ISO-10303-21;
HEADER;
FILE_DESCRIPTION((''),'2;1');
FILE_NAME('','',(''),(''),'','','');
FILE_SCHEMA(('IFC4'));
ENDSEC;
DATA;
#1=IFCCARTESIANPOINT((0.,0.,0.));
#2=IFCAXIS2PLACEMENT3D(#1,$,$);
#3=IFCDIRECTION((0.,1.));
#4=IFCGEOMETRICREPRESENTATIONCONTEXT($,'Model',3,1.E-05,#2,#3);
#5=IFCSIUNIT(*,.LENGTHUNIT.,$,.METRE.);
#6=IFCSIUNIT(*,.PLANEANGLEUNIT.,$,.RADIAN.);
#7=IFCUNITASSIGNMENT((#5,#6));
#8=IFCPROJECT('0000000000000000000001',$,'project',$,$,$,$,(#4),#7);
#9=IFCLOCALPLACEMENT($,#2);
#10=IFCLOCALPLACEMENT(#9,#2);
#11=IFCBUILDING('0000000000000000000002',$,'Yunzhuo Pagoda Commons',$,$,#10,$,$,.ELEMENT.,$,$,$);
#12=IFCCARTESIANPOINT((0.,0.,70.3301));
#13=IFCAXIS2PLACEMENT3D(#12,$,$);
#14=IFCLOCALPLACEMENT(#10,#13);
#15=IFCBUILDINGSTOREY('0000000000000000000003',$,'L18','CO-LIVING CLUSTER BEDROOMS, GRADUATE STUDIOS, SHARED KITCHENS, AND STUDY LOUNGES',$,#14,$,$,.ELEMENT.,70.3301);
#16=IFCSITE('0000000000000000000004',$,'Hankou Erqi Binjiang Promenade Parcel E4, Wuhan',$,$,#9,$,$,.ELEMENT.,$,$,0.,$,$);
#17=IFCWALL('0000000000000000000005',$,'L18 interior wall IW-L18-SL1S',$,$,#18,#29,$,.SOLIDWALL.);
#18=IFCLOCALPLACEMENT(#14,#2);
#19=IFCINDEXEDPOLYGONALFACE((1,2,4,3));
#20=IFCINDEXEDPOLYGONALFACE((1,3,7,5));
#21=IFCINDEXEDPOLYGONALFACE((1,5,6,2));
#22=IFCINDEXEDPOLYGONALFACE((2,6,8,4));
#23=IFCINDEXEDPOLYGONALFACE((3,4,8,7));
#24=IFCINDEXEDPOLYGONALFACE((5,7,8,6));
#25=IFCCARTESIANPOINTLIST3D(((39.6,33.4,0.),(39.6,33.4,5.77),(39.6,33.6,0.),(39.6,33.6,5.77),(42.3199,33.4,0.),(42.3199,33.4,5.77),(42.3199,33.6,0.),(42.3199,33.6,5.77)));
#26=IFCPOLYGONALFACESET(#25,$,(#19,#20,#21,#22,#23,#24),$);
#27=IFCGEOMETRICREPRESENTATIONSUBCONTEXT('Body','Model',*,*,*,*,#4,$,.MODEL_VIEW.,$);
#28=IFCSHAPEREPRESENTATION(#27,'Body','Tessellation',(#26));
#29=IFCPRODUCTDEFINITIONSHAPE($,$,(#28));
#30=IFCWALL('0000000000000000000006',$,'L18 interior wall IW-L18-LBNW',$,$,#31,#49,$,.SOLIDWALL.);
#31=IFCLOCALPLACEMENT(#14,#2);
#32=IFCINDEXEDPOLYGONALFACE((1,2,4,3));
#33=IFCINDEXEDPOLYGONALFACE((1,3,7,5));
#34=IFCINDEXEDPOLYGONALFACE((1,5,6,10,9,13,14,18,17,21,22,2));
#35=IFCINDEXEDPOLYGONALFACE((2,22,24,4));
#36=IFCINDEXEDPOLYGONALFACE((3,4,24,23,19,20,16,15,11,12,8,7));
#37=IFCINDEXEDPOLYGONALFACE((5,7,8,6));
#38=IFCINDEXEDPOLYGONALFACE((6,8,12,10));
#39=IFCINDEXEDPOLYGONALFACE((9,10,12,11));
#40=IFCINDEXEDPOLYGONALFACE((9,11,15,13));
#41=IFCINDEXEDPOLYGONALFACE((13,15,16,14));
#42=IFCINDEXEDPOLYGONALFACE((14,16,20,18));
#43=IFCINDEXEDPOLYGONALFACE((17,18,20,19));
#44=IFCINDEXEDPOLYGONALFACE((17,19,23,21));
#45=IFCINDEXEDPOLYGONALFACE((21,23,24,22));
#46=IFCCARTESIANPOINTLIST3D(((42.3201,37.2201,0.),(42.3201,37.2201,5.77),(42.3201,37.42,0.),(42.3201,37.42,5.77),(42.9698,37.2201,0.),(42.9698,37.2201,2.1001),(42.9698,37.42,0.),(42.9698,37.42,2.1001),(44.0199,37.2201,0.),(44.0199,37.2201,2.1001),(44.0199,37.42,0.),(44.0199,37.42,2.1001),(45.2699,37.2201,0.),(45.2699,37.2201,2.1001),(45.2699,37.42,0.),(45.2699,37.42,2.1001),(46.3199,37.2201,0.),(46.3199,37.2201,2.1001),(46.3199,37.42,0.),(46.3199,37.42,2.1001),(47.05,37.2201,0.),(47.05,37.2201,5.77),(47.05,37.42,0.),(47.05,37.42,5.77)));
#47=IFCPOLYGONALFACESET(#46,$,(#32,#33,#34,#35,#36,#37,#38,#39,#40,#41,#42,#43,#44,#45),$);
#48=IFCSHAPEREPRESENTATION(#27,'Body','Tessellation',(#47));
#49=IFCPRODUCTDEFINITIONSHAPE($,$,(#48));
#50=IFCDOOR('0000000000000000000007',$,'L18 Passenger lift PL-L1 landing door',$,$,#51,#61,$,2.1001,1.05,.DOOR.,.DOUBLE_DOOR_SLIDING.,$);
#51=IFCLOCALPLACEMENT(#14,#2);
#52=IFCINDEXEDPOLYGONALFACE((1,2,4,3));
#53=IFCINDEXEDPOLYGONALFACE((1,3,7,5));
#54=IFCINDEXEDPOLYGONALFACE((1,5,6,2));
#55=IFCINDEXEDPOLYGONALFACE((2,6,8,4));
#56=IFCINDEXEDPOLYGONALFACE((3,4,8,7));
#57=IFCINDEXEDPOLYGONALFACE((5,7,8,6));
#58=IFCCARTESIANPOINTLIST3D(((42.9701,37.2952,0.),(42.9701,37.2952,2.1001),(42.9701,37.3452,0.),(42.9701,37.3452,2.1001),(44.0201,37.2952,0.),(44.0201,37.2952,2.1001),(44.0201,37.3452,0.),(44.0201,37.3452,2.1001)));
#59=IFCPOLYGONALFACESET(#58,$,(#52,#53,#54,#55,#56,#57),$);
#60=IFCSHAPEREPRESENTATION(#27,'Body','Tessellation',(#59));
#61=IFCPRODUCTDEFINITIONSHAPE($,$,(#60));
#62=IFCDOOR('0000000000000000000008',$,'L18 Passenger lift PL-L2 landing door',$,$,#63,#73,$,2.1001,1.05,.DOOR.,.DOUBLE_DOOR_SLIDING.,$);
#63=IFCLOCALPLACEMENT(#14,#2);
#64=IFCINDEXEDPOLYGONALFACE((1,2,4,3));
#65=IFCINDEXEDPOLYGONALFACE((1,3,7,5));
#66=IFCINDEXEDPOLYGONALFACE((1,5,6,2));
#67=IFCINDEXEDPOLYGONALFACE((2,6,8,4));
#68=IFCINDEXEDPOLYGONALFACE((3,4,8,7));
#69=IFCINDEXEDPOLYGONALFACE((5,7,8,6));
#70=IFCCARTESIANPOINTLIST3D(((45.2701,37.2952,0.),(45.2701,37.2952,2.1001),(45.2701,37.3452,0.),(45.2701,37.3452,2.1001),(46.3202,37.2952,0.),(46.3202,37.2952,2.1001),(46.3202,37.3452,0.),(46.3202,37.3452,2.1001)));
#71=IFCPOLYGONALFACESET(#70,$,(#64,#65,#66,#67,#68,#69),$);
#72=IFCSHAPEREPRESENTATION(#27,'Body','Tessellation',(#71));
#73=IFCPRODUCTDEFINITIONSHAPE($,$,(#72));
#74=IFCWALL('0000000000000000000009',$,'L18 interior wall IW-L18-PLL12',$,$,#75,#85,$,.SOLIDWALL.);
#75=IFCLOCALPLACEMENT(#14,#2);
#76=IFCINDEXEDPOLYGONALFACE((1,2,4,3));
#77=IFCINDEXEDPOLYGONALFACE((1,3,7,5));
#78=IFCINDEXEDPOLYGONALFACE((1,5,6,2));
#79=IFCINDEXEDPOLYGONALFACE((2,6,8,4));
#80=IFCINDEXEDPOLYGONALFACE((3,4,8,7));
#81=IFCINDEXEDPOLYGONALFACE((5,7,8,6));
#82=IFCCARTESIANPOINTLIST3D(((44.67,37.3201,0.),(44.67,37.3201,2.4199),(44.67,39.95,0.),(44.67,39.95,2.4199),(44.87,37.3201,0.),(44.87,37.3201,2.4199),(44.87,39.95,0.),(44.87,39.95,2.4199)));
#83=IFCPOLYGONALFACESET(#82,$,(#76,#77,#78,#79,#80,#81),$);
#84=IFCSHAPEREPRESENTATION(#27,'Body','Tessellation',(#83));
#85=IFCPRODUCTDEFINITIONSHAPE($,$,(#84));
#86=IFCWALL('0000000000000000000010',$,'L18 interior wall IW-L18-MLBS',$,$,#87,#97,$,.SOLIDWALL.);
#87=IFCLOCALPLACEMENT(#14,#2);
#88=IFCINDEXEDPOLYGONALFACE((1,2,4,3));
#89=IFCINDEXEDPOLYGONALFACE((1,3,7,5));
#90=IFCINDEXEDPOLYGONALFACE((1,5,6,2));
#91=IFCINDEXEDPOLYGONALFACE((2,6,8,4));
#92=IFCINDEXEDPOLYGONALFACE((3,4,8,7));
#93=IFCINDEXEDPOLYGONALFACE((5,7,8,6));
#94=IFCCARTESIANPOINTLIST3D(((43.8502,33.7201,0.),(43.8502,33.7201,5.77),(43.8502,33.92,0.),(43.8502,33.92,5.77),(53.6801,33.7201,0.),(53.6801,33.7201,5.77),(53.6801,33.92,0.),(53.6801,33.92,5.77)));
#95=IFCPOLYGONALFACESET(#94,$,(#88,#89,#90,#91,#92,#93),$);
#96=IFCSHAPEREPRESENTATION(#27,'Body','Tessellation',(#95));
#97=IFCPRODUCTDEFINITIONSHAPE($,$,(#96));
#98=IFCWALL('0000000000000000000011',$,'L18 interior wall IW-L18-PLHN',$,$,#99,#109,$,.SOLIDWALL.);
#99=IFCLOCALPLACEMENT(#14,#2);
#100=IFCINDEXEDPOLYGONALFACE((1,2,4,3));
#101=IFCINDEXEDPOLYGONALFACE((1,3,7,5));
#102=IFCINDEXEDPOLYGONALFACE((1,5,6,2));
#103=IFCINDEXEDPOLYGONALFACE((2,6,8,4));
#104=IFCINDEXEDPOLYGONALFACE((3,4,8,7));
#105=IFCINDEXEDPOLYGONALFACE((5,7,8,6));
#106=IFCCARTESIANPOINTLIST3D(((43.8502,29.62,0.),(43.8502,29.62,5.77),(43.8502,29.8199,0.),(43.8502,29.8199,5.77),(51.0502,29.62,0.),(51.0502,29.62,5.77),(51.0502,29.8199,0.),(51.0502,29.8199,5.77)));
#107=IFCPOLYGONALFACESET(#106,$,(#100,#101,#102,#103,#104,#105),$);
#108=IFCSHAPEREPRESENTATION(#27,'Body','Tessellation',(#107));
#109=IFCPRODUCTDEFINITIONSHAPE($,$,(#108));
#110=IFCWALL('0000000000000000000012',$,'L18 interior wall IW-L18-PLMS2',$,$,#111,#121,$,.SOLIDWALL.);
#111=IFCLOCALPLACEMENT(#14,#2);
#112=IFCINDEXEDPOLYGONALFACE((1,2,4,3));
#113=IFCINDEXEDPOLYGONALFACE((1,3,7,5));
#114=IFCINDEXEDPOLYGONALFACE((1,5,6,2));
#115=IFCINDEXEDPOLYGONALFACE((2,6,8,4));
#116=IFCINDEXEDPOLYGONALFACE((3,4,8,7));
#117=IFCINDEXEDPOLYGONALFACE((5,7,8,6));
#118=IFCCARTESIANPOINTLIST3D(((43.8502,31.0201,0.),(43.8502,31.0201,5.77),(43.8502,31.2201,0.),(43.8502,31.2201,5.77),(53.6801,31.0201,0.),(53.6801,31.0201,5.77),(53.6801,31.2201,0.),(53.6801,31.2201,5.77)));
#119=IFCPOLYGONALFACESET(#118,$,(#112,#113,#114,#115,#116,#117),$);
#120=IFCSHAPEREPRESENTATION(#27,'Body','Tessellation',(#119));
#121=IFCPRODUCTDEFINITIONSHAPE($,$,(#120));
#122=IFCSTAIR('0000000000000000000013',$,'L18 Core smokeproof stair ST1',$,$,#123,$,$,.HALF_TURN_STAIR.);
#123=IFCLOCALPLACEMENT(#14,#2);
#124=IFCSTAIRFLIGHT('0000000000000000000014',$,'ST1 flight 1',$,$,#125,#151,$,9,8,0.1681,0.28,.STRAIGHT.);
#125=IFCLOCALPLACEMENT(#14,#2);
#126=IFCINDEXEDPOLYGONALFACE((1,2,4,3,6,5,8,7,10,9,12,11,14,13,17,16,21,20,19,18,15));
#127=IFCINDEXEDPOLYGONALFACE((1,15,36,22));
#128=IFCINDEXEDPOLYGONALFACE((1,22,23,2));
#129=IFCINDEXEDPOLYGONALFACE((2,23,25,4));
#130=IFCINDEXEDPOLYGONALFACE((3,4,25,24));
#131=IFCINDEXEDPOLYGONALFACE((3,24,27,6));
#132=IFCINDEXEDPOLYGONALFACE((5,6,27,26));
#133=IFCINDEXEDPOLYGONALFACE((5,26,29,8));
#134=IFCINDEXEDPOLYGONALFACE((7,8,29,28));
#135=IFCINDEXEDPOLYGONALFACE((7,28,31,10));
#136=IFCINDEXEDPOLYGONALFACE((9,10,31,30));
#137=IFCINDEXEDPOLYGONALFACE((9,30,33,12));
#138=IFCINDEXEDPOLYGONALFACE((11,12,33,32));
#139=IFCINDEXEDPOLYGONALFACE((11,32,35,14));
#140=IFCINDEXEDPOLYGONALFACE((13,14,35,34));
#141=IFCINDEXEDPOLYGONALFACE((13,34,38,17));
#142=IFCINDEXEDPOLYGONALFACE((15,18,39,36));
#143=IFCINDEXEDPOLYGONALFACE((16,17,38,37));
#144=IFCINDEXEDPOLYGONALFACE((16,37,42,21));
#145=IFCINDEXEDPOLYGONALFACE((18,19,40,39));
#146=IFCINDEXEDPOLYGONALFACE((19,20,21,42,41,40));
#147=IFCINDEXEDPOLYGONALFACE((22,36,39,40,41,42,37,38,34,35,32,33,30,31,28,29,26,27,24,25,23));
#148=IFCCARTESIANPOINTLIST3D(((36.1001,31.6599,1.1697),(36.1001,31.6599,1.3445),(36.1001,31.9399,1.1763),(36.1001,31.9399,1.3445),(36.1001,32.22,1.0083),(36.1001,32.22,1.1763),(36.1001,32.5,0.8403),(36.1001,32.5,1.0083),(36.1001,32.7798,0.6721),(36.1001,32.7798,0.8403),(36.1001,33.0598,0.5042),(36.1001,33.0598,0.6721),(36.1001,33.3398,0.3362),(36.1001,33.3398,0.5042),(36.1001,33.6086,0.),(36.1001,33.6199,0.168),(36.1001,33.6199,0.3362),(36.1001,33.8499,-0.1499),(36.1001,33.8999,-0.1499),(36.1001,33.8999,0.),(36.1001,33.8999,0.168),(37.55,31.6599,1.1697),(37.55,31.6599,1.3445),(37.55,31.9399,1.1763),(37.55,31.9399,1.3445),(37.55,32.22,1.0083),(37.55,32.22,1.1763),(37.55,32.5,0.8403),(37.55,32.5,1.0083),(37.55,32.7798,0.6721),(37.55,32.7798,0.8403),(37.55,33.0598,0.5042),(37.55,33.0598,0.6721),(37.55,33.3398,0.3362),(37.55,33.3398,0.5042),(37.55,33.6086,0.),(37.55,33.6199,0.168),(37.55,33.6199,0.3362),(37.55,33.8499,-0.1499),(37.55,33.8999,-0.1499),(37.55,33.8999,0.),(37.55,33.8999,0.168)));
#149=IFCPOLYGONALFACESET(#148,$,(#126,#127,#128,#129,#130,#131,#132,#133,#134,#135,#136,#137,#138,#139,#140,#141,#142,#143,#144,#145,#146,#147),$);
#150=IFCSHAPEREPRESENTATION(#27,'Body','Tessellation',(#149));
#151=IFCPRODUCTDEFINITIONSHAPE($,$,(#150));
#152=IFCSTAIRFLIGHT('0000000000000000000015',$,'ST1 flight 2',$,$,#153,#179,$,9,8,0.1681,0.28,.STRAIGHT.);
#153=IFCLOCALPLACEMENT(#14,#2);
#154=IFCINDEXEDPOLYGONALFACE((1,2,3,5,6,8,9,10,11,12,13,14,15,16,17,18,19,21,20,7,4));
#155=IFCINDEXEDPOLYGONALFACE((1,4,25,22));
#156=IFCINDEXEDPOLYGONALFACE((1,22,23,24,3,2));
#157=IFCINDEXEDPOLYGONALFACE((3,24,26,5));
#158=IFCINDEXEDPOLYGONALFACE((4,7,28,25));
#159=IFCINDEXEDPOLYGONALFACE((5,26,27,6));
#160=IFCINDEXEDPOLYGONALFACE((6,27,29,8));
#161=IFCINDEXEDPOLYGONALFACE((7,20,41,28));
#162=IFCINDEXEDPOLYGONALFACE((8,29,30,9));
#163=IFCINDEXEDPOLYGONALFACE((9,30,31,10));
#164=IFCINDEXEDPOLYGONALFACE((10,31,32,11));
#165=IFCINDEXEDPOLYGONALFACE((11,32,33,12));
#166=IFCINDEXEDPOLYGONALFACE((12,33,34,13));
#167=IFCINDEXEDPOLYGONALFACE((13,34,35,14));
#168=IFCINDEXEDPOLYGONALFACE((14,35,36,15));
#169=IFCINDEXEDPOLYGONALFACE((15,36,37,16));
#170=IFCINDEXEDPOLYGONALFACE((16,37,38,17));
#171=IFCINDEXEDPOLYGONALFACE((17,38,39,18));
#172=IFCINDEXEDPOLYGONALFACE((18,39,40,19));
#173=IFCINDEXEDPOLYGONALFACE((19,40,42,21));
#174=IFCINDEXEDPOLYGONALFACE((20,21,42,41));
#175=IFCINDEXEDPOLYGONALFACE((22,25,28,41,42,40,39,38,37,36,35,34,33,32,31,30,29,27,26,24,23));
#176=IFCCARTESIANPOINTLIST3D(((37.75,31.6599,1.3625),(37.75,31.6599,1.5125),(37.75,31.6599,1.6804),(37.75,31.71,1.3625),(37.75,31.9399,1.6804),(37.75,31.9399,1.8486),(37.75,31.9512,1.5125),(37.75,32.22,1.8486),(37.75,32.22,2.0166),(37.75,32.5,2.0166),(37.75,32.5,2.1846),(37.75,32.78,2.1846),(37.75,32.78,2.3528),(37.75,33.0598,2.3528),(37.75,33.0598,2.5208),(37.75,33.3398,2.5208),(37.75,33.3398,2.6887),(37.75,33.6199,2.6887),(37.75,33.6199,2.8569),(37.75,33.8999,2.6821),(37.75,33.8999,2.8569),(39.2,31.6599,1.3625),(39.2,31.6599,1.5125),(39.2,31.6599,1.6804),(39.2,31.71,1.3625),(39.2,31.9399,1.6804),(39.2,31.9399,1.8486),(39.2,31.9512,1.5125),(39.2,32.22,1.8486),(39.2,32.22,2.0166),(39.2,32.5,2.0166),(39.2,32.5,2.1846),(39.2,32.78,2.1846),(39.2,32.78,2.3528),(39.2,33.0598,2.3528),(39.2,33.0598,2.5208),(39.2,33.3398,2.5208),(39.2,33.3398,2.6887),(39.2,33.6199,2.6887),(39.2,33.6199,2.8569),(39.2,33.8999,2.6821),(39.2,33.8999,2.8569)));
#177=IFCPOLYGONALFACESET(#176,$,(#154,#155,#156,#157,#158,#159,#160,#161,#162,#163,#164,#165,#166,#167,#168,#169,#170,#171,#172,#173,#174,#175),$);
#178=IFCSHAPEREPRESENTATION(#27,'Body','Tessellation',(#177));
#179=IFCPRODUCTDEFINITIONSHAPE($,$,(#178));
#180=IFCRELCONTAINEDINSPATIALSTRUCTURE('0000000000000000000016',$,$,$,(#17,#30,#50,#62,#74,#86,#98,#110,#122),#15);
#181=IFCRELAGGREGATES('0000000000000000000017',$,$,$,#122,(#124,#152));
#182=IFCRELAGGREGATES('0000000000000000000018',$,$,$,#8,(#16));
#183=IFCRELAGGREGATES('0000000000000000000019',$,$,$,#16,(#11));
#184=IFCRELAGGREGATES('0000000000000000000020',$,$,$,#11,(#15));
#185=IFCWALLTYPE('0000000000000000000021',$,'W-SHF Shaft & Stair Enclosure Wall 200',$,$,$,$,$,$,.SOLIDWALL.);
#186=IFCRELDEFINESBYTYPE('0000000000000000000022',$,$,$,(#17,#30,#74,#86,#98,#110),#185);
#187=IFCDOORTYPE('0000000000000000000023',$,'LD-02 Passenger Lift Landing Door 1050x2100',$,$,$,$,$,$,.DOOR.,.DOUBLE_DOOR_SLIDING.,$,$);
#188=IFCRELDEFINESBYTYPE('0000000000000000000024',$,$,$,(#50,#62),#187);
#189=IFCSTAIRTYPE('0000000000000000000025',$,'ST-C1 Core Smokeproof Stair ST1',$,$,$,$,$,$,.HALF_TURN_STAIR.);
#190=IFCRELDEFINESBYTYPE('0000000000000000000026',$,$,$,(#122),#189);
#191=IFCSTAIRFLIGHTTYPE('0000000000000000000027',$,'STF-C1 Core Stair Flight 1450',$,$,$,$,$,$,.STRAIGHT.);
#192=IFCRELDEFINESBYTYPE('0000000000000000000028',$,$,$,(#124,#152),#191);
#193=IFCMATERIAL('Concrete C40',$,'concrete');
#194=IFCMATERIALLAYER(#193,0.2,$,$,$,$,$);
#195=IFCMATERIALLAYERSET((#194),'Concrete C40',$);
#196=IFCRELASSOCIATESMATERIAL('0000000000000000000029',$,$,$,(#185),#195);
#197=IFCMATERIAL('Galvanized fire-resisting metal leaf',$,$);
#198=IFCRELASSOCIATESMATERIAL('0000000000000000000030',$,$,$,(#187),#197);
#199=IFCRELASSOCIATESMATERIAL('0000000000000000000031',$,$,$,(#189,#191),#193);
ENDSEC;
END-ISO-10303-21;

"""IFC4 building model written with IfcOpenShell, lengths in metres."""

from ifc_helpers import new_model, si_unit, direction, frame, frame_2d, origin, place, context, subcontext, project, spatial, polyline, rectangle, outline, extrude, source, transform, mapped, material, layer, layer_set, type_object, element, fill, aggregate, save


model = new_model("IFC4")

# Units and contexts
model_context = context("Model", 3, precision=1e-05, world=origin(), true_north=direction((0.0, 1.0)))
body_context = subcontext(model_context, "Body", "Model", "MODEL_VIEW")
ifc_project = project(units=[si_unit("LENGTHUNIT", "METRE"), si_unit("PLANEANGLEUNIT", "RADIAN")], contexts=[model_context])

# Site, building, storey
site_placement = place(None, origin())
site = spatial("IfcSite", under=ifc_project, at=site_placement, Name="Hankou Erqi Binjiang Promenade Parcel E4, Wuhan", CompositionType="ELEMENT", RefElevation=0.0)
building_placement = place(site_placement, origin())
building = spatial("IfcBuilding", under=site, at=building_placement, Name="Yunzhuo Pagoda Commons", CompositionType="ELEMENT")
storey_placement = place(building_placement, frame((0.0, 0.0, 70.3301)))
storey = spatial("IfcBuildingStorey", under=building, at=storey_placement, Name="L18", Description="CO-LIVING CLUSTER BEDROOMS, GRADUATE STUDIOS, SHARED KITCHENS, AND STUDY LOUNGES", CompositionType="ELEMENT", Elevation=70.3301)

# Shared definitions
ifc_material_1 = material(Name="Galvanized fire-resisting metal leaf")
shared_shape_1 = source(origin(), body_context, "Body", "SweptSolid", [
    extrude(rectangle(XDim=1.05, YDim=2.1001, at=frame_2d((0.5249, 1.05))), frame((0.0, 0.0249, 0.0), z_axis=(0.0, -1.0, 0.0), x_axis=(1.0, 0.0, 0.0)), (0.0, 0.0, 1.0), 0.05),
])
ifc_material_2 = material(Name="Concrete C40", Category="concrete")
ifc_layer_1 = layer(ifc_material_2, 0.2)
ifc_layer_set_1 = layer_set([ifc_layer_1], Name="Concrete C40")
wall_type_1 = type_object("IfcWallType", Name="W-SHF Shaft & Stair Enclosure Wall 200", PredefinedType="SOLIDWALL", material=ifc_layer_set_1)
door_type_1 = type_object("IfcDoorType", Name="LD-02 Passenger Lift Landing Door 1050x2100", OperationType="DOUBLE_DOOR_SLIDING", PredefinedType="DOOR", material=ifc_material_1)

# Wall
for number, where, z_axis, x_axis, name in (
    (1, (39.6001, 33.5, 0.0), (0.0, 0.0, 1.0), (1.0, 0.0, 0.0), "L18 interior wall IW-L18-SL1S"),
):
    element("IfcWall", number, at=place(storey_placement, frame(where, z_axis=z_axis, x_axis=x_axis)), inside=storey, type_object=wall_type_1, Name=name, PredefinedType="SOLIDWALL", context=body_context, shape_type="SweptSolid", body=[
        extrude(rectangle(XDim=2.72, YDim=0.2, at=frame_2d((1.3599, 0.0))), origin(), (0.0, 0.0, 1.0), 5.77),
    ])

# Wall, openings, doors
wall_1_placement = place(storey_placement, frame((42.3201, 37.3201, 0.0), z_axis=(0.0, 0.0, 1.0), x_axis=(1.0, 0.0, 0.0)))
wall_1 = element("IfcWall", 2, at=wall_1_placement, inside=storey, type_object=wall_type_1, Name="L18 interior wall IW-L18-LBNW", PredefinedType="SOLIDWALL", context=body_context, shape_type="SweptSolid", body=[
    extrude(rectangle(XDim=4.73, YDim=0.2, at=frame_2d((2.365, 0.0))), origin(), (0.0, 0.0, 1.0), 5.77),
])
opening_1_placement = place(wall_1_placement, frame((0.6499, 0.0, 0.0)))
opening_1 = element("IfcOpeningElement", 3, at=opening_1_placement, cuts=wall_1, PredefinedType="OPENING", context=body_context, shape_type="SweptSolid", body=[
    extrude(rectangle(XDim=1.05, YDim=2.1001, at=frame_2d((0.5249, 1.05))), frame((0.0, 0.1099, 0.0), z_axis=(0.0, -1.0, 0.0), x_axis=(1.0, 0.0, 0.0)), (0.0, 0.0, 1.0), 0.22),
])
opening_2_placement = place(wall_1_placement, frame((2.95, 0.0, 0.0)))
opening_2 = element("IfcOpeningElement", 4, at=opening_2_placement, cuts=wall_1, PredefinedType="OPENING", context=body_context, shape_type="SweptSolid", body=[
    extrude(rectangle(XDim=1.05, YDim=2.1001, at=frame_2d((0.5249, 1.05))), frame((0.0, 0.1099, 0.0), z_axis=(0.0, -1.0, 0.0), x_axis=(1.0, 0.0, 0.0)), (0.0, 0.0, 1.0), 0.22),
])
door_1_placement = place(opening_1_placement, frame((1.05, 0.0, 0.0), z_axis=(0.0, 0.0, 1.0), x_axis=(-1.0, 0.0, 0.0)))
door_1 = element("IfcDoor", 5, at=door_1_placement, inside=storey, type_object=door_type_1, Name="L18 Passenger lift PL-L1 landing door", OperationType="DOUBLE_DOOR_SLIDING", OverallHeight=2.1001, OverallWidth=1.05, PredefinedType="DOOR", context=body_context, shape_type="MappedRepresentation", body=[
    mapped(shared_shape_1, transform((0.0, 0.0, 0.0), scale=1.0)),
])
fill(opening_1, door_1)
door_2_placement = place(opening_2_placement, frame((1.05, 0.0, 0.0), z_axis=(0.0, 0.0, 1.0), x_axis=(-1.0, 0.0, 0.0)))
door_2 = element("IfcDoor", 6, at=door_2_placement, inside=storey, type_object=door_type_1, Name="L18 Passenger lift PL-L2 landing door", OperationType="DOUBLE_DOOR_SLIDING", OverallHeight=2.1001, OverallWidth=1.05, PredefinedType="DOOR", context=body_context, shape_type="MappedRepresentation", body=[
    mapped(shared_shape_1, transform((0.0, 0.0, 0.0), scale=1.0)),
])
fill(opening_2, door_2)

# Walls
wall_2_placement = place(storey_placement, frame((44.77, 37.3201, 0.0), z_axis=(0.0, 0.0, 1.0), x_axis=(0.0, 1.0, 0.0)))
element("IfcWall", 7, at=wall_2_placement, inside=storey, type_object=wall_type_1, Name="L18 interior wall IW-L18-PLL12", PredefinedType="SOLIDWALL", context=body_context, shape_type="SweptSolid", body=[
    extrude(rectangle(XDim=2.6299, YDim=0.2, at=frame_2d((1.3149, 0.0))), origin(), (0.0, 0.0, 1.0), 2.4199),
])
wall_3_placement = place(storey_placement, frame((43.8501, 33.8201, 0.0), z_axis=(0.0, 0.0, 1.0), x_axis=(1.0, 0.0, 0.0)))
element("IfcWall", 8, at=wall_3_placement, inside=storey, type_object=wall_type_1, Name="L18 interior wall IW-L18-MLBS", PredefinedType="SOLIDWALL", context=body_context, shape_type="SweptSolid", body=[
    extrude(rectangle(XDim=9.8298, YDim=0.2, at=frame_2d((4.915, 0.0))), origin(), (0.0, 0.0, 1.0), 5.77),
])
wall_4_placement = place(storey_placement, frame((43.8501, 29.72, 0.0), z_axis=(0.0, 0.0, 1.0), x_axis=(1.0, 0.0, 0.0)))
element("IfcWall", 9, at=wall_4_placement, inside=storey, type_object=wall_type_1, Name="L18 interior wall IW-L18-PLHN", PredefinedType="SOLIDWALL", context=body_context, shape_type="SweptSolid", body=[
    extrude(rectangle(XDim=7.2, YDim=0.2, at=frame_2d((3.6001, 0.0))), origin(), (0.0, 0.0, 1.0), 5.77),
])
wall_5_placement = place(storey_placement, frame((43.8501, 31.1201, 0.0), z_axis=(0.0, 0.0, 1.0), x_axis=(1.0, 0.0, 0.0)))
element("IfcWall", 10, at=wall_5_placement, inside=storey, type_object=wall_type_1, Name="L18 interior wall IW-L18-PLMS2", PredefinedType="SOLIDWALL", context=body_context, shape_type="SweptSolid", body=[
    extrude(rectangle(XDim=9.8298, YDim=0.2, at=frame_2d((4.915, 0.0))), origin(), (0.0, 0.0, 1.0), 5.77),
])

# Stair, stair flights
stair_type = type_object("IfcStairType", Name="ST-C1 Core Smokeproof Stair ST1", PredefinedType="HALF_TURN_STAIR", material=ifc_material_2)
stair_placement = place(storey_placement, origin())
stair = element("IfcStair", 11, at=stair_placement, inside=storey, type_object=stair_type, Name="L18 Core smokeproof stair ST1", PredefinedType="HALF_TURN_STAIR")
stair_flight_type = type_object("IfcStairFlightType", Name="STF-C1 Core Stair Flight 1450", PredefinedType="STRAIGHT", material=ifc_material_2)
shared_shape_2 = source(origin(), body_context, "Body", "SweptSolid", [
    extrude(outline(polyline([(0.0, -0.1499), (0.0, 0.0), (0.0, 0.168), (0.28, 0.168), (0.28, 0.3362), (0.5601, 0.3362), (0.5601, 0.5042), (0.8401, 0.5042), (0.8401, 0.6721), (1.1201, 0.6721), (1.1201, 0.8403), (1.3999, 0.8403), (1.3999, 1.0083), (1.6799, 1.0083), (1.6799, 1.1763), (1.96, 1.1763), (1.96, 1.3445), (2.24, 1.3445), (2.24, 1.5125), (2.24, 1.1697), (0.2913, 0.0), (0.05, -0.1499), (0.0, -0.1499)])), frame((0.0, 0.7251, 0.0), z_axis=(0.0, -1.0, 0.0), x_axis=(1.0, 0.0, 0.0)), (0.0, 0.0, 1.0), 1.45),
])
stair_flight_1_placement = place(storey_placement, frame((36.825, 33.8999, 0.0), z_axis=(0.0, 0.0, 1.0), x_axis=(0.0, -1.0, 0.0)))
stair_flight_1 = element("IfcStairFlight", 12, at=stair_flight_1_placement, type_object=stair_flight_type, Name="ST1 flight 1", NumberOfRisers=9, NumberOfTreads=8, PredefinedType="STRAIGHT", RiserHeight=0.1681, TreadLength=0.28, context=body_context, shape_type="MappedRepresentation", body=[
    mapped(shared_shape_2, transform((0.0, 0.0, 0.0), scale=1.0)),
])
stair_flight_2_placement = place(storey_placement, frame((38.4751, 31.6599, 1.5125), z_axis=(0.0, 0.0, 1.0), x_axis=(0.0, 1.0, 0.0)))
stair_flight_2 = element("IfcStairFlight", 13, at=stair_flight_2_placement, type_object=stair_flight_type, Name="ST1 flight 2", NumberOfRisers=9, NumberOfTreads=8, PredefinedType="STRAIGHT", RiserHeight=0.1681, TreadLength=0.28, context=body_context, shape_type="MappedRepresentation", body=[
    mapped(shared_shape_2, transform((0.0, 0.0, 0.0), scale=1.0)),
])
aggregate(stair, [stair_flight_1, stair_flight_2])

save(model, "model.ifc")
